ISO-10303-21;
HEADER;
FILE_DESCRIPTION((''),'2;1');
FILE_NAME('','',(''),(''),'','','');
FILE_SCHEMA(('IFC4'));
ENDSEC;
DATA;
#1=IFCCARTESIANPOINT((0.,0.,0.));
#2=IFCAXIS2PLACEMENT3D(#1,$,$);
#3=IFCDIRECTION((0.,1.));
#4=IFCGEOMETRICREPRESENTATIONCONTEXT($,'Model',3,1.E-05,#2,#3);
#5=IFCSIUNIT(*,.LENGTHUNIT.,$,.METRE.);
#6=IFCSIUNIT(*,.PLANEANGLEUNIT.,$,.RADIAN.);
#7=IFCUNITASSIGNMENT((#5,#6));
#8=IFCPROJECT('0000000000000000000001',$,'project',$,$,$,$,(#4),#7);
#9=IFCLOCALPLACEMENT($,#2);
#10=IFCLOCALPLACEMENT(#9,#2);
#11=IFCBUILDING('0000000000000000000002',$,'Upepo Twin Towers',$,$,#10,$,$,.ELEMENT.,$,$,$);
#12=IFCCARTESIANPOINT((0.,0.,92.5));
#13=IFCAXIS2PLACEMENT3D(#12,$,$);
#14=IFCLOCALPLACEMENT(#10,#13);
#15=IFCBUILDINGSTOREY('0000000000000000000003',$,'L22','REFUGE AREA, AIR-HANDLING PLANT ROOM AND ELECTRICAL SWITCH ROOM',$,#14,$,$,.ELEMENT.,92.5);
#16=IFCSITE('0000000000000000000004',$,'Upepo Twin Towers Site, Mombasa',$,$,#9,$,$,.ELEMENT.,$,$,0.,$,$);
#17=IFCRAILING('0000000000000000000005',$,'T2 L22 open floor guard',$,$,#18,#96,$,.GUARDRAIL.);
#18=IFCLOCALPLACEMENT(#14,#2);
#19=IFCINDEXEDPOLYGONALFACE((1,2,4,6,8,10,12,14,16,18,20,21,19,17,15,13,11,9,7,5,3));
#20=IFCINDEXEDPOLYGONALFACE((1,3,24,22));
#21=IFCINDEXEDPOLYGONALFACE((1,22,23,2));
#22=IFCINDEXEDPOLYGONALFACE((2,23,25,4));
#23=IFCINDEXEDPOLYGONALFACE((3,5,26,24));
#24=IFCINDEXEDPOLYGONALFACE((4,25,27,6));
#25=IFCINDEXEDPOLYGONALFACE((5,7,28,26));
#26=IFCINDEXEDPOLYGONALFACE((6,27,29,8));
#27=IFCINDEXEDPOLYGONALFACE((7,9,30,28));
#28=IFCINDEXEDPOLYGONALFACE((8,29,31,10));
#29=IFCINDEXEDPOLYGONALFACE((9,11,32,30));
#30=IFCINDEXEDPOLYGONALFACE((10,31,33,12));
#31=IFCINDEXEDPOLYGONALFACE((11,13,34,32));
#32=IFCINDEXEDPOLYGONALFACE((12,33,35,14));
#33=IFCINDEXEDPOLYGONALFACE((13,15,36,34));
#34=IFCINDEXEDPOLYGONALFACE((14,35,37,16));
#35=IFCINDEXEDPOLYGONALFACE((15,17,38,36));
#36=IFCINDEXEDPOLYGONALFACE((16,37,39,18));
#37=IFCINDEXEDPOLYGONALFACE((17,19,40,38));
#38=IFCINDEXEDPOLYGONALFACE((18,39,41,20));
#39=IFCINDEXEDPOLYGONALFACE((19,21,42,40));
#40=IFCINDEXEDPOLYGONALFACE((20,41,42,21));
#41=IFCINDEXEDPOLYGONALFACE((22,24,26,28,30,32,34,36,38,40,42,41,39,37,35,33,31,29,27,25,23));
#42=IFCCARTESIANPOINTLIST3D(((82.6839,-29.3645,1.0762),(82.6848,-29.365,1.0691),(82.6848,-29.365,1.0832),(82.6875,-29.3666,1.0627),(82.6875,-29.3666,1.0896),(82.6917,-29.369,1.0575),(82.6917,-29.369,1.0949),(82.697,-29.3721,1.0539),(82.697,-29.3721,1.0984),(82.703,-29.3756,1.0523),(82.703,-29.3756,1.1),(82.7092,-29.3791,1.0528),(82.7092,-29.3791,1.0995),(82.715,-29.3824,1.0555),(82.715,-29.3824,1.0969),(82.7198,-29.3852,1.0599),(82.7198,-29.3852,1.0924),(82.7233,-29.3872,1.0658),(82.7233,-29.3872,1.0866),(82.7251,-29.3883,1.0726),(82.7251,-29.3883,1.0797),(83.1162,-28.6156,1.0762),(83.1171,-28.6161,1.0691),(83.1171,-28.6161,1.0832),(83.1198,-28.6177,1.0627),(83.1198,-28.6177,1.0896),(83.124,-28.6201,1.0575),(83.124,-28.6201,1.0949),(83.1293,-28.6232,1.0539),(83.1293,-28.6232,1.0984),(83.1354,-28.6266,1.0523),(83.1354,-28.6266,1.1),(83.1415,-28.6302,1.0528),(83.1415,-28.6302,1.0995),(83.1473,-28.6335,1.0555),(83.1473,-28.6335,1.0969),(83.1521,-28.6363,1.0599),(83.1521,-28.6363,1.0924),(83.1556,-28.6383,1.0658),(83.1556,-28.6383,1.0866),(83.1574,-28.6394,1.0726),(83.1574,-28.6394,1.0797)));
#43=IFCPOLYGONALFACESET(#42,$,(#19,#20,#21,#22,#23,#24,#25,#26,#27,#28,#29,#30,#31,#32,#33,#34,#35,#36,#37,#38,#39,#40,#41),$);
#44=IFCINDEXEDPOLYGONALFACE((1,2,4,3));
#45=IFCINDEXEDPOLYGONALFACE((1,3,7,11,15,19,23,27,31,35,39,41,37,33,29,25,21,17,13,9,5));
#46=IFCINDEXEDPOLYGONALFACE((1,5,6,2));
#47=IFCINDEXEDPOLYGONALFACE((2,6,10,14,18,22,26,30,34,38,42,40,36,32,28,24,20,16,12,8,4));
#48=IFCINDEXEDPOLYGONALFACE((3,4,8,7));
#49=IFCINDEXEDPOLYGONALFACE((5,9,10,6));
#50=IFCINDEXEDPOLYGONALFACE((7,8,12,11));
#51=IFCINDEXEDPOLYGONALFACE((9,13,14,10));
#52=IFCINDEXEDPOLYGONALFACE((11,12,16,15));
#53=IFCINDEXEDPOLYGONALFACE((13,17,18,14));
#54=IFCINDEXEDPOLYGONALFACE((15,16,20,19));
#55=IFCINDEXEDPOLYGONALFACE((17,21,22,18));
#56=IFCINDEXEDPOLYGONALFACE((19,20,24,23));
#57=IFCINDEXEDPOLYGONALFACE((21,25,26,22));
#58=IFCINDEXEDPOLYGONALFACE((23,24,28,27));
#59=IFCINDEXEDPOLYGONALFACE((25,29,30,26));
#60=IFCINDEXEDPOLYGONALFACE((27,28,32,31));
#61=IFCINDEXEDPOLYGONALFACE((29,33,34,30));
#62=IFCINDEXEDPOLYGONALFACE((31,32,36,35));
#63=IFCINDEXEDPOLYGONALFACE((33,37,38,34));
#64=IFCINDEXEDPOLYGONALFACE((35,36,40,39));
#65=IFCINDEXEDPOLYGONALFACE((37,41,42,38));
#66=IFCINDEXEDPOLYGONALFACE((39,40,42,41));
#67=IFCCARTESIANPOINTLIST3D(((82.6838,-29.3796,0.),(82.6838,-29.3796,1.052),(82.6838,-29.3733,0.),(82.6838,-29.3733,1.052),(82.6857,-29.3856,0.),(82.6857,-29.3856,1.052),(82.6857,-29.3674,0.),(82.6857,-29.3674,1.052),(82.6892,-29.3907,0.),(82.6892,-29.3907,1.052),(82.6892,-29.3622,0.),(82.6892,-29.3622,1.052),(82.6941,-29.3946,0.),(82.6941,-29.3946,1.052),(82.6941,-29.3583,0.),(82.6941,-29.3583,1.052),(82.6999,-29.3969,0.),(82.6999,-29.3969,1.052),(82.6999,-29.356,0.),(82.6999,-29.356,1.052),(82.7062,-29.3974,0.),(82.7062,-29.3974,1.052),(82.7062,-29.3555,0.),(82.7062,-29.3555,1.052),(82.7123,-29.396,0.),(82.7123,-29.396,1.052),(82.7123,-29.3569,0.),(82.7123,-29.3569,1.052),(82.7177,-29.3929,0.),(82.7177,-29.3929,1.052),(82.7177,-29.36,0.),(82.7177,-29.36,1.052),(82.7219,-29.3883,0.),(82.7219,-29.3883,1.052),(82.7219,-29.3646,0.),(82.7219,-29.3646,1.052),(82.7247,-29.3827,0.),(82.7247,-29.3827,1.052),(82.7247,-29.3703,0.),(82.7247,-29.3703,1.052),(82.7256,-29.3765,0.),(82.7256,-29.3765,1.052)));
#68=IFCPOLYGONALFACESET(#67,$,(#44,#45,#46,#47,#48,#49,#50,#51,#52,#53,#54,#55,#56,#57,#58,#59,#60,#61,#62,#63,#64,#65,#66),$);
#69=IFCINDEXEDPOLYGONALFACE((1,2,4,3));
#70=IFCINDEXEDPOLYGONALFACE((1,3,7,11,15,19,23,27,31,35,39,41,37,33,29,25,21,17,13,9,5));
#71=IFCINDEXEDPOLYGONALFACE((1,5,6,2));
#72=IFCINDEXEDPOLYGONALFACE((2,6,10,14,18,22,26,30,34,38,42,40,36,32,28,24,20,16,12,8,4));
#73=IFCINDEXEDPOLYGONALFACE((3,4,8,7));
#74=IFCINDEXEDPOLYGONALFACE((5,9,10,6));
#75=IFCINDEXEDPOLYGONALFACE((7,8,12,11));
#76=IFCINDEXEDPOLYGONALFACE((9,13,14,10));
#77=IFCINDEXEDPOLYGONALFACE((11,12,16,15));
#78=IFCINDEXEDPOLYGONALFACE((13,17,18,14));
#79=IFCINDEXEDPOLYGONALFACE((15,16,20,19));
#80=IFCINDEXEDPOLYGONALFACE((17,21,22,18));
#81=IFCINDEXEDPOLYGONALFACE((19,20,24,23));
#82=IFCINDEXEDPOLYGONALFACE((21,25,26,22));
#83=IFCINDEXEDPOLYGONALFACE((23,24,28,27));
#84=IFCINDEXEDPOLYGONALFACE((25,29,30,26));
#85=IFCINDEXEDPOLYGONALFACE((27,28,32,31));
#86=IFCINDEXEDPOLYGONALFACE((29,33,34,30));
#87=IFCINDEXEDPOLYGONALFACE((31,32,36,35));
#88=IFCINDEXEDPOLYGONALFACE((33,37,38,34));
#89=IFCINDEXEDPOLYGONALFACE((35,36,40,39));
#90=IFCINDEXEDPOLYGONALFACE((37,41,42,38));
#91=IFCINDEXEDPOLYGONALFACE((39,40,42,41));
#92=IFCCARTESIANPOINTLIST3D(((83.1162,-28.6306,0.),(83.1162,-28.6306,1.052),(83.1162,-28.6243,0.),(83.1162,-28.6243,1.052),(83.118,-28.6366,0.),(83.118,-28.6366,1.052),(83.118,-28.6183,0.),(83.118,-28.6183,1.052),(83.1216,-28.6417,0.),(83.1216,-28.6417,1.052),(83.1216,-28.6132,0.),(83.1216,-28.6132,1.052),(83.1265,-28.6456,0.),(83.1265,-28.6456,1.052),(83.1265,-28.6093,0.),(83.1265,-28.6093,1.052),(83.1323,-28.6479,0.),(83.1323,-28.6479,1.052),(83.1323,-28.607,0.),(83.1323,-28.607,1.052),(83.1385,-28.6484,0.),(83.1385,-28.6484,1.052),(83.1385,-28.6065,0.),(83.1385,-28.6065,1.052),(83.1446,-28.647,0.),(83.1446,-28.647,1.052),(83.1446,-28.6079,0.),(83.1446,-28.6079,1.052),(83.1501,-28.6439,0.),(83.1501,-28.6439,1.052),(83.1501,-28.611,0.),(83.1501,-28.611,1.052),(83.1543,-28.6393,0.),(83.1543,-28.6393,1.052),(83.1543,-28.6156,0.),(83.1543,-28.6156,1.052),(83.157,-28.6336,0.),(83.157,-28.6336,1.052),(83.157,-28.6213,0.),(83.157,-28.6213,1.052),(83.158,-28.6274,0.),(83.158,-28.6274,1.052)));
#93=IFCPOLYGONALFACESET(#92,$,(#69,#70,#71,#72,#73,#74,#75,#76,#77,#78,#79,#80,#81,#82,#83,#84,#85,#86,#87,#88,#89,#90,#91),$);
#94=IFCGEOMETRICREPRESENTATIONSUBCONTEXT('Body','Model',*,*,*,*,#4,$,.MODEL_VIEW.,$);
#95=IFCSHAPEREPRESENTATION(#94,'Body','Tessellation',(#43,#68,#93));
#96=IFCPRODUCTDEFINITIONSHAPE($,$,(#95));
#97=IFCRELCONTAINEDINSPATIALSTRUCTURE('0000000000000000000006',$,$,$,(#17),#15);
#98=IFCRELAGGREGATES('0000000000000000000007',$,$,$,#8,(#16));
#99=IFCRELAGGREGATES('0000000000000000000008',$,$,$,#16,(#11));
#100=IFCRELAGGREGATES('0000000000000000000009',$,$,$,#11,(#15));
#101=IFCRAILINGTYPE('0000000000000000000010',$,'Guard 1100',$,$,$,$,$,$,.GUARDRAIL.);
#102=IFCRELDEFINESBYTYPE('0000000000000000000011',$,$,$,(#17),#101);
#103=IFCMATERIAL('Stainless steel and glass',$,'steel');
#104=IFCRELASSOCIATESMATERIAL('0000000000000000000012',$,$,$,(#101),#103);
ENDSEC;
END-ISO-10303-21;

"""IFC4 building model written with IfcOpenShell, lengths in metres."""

from ifc_helpers import new_model, si_unit, direction, frame, origin, origin_2d, place, context, subcontext, project, spatial, circle, extrude, material, type_object, element, save


model = new_model("IFC4")

# Units and contexts
model_context = context("Model", 3, precision=1e-05, world=origin(), true_north=direction((0.0, 1.0)))
body_context = subcontext(model_context, "Body", "Model", "MODEL_VIEW")
ifc_project = project(units=[si_unit("LENGTHUNIT", "METRE"), si_unit("PLANEANGLEUNIT", "RADIAN")], contexts=[model_context])

# Site, building, storey
site_placement = place(None, origin())
site = spatial("IfcSite", under=ifc_project, at=site_placement, Name="Upepo Twin Towers Site, Mombasa", CompositionType="ELEMENT", RefElevation=0.0)
building_placement = place(site_placement, origin())
building = spatial("IfcBuilding", under=site, at=building_placement, Name="Upepo Twin Towers", CompositionType="ELEMENT")
storey_placement = place(building_placement, frame((0.0, 0.0, 92.5)))
storey = spatial("IfcBuildingStorey", under=building, at=storey_placement, Name="L22", Description="REFUGE AREA, AIR-HANDLING PLANT ROOM AND ELECTRICAL SWITCH ROOM", CompositionType="ELEMENT", Elevation=92.5)

# Railing
ifc_material_1 = material(Name="Stainless steel and glass", Category="steel")
railing_type = type_object("IfcRailingType", Name="Guard 1100", PredefinedType="GUARDRAIL", material=ifc_material_1)
railing_1_placement = place(storey_placement, frame((82.7046, -29.3765, 0.0)))
element("IfcRailing", 1, at=railing_1_placement, inside=storey, type_object=railing_type, Name="T2 L22 open floor guard", PredefinedType="GUARDRAIL", context=body_context, shape_type="SweptSolid", body=[
    extrude(circle(Radius=0.0239, at=origin_2d()), frame((0.0, 0.0, 1.0762), z_axis=(0.499934, 0.866063, 0.0), x_axis=(-0.866063, 0.499934, 0.0)), (0.0, 0.0, 1.0), 0.8647),
    extrude(circle(Radius=0.021, at=origin_2d()), origin(), (0.0, 0.0, 1.0), 1.052),
    extrude(circle(Radius=0.021, at=origin_2d()), frame((0.4324, 0.749, 0.0)), (0.0, 0.0, 1.0), 1.052),
])

save(model, "model.ifc")
